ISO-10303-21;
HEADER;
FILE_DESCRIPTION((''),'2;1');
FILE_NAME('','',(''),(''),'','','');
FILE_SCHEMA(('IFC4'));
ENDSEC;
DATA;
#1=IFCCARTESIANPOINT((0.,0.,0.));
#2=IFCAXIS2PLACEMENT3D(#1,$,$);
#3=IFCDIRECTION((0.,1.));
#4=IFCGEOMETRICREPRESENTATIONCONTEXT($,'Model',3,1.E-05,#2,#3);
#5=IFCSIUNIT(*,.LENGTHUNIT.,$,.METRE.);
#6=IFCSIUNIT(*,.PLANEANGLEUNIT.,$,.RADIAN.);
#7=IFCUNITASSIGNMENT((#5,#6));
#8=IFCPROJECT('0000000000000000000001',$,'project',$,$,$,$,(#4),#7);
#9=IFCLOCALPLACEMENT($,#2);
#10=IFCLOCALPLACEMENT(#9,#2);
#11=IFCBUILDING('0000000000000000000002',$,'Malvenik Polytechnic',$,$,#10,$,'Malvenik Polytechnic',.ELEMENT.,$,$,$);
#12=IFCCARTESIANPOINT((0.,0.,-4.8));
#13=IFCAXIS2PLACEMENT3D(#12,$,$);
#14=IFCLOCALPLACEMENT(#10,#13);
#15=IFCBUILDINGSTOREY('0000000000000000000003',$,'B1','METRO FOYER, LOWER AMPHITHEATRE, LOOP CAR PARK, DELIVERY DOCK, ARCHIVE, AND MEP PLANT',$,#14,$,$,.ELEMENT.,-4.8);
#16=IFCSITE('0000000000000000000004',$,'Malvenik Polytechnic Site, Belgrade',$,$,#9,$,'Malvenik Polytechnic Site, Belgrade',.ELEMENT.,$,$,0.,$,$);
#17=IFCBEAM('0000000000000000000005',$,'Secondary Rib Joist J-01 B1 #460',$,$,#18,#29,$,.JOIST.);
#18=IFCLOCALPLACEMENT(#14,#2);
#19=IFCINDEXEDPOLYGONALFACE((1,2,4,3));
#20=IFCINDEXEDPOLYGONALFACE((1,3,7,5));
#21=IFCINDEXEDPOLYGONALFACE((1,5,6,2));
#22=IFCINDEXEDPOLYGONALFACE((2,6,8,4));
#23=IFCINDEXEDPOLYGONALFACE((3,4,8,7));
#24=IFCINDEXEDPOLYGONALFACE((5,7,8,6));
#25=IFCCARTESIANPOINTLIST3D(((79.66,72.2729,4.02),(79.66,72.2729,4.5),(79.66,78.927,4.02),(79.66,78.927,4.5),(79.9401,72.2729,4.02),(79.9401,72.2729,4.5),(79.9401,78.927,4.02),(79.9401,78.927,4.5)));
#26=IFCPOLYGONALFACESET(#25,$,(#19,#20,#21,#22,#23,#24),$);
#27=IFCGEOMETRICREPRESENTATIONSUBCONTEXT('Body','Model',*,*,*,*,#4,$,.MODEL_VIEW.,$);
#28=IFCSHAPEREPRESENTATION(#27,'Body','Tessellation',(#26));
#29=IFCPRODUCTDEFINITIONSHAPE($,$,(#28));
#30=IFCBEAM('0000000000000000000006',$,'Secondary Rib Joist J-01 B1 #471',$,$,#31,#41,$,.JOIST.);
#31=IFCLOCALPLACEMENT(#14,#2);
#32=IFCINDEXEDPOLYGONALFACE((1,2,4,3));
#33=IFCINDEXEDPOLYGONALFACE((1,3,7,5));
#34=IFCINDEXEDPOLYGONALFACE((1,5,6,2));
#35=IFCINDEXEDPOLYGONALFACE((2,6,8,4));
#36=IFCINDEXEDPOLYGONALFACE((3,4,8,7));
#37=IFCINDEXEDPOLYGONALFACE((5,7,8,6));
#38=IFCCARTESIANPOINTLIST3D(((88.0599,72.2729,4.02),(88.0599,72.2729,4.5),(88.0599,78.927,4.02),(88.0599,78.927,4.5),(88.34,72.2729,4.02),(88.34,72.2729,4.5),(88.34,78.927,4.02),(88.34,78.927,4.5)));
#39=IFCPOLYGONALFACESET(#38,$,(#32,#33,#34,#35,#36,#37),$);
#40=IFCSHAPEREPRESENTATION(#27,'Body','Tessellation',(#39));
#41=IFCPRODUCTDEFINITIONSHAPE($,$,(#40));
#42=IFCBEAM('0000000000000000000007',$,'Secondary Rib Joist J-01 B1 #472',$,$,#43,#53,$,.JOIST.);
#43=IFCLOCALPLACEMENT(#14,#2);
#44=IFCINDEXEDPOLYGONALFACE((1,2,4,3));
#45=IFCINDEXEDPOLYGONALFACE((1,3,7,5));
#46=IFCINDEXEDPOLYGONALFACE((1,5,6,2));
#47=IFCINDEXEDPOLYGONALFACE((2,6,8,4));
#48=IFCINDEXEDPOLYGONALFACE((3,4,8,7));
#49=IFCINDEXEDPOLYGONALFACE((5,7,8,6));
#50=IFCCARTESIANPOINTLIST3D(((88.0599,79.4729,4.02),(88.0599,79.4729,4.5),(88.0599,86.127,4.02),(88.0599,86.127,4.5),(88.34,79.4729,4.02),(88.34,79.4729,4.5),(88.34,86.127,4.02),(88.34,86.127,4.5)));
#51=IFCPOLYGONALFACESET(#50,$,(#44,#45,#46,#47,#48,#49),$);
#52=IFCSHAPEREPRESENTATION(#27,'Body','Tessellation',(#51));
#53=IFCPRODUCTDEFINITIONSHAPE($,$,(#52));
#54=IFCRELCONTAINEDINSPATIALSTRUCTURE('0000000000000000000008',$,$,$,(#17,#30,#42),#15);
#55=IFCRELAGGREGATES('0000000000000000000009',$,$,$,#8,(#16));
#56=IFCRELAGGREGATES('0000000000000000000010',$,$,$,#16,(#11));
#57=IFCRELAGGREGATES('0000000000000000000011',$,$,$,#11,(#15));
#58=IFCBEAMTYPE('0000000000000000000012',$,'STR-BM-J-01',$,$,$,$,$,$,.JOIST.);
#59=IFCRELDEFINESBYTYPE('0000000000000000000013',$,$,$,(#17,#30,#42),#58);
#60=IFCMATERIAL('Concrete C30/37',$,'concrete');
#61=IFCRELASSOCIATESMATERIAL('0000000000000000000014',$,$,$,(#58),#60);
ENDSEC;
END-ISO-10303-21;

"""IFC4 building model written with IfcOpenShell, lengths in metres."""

from ifc_helpers import new_model, si_unit, direction, frame, origin, origin_2d, place, context, subcontext, project, spatial, rectangle, extrude, material, material_profile, profile_set, type_object, element, save


model = new_model("IFC4")

# Units and contexts
model_context = context("Model", 3, precision=1e-05, world=origin(), true_north=direction((0.0, 1.0)))
body_context = subcontext(model_context, "Body", "Model", "MODEL_VIEW")
ifc_project = project(units=[si_unit("LENGTHUNIT", "METRE"), si_unit("PLANEANGLEUNIT", "RADIAN")], contexts=[model_context])

# Site, building, storey
site_placement = place(None, origin())
site = spatial("IfcSite", under=ifc_project, at=site_placement, Name="Malvenik Polytechnic Site, Belgrade", LongName="Malvenik Polytechnic Site, Belgrade", CompositionType="ELEMENT", RefElevation=0.0)
building_placement = place(site_placement, origin())
building = spatial("IfcBuilding", under=site, at=building_placement, Name="Malvenik Polytechnic", LongName="Malvenik Polytechnic", CompositionType="ELEMENT")
storey_placement = place(building_placement, frame((0.0, 0.0, -4.8)))
storey = spatial("IfcBuildingStorey", under=building, at=storey_placement, Name="B1", Description="METRO FOYER, LOWER AMPHITHEATRE, LOOP CAR PARK, DELIVERY DOCK, ARCHIVE, AND MEP PLANT", CompositionType="ELEMENT", Elevation=-4.8)

# Beams
ifc_material_1 = material(Name="Concrete C30/37", Category="concrete")
ifc_material_profile_1 = material_profile(ifc_material_1, rectangle(XDim=0.28, YDim=0.48, at=origin_2d()), Name="RC JST 280x480")
ifc_profile_set_1 = profile_set([ifc_material_profile_1], Name="Concrete C30/37")
beam_type_1 = type_object("IfcBeamType", Name="STR-BM-J-01", PredefinedType="JOIST", material=ifc_profile_set_1)
for number, where, z_axis, x_axis, name in (
    (1, (79.8, 72.2729, 4.26), (0.0, 1.0, 0.0), (-1.0, 0.0, 0.0), "Secondary Rib Joist J-01 B1 #460"),
    (2, (88.2, 72.2729, 4.26), (0.0, 1.0, 0.0), (-1.0, 0.0, 0.0), "Secondary Rib Joist J-01 B1 #471"),
    (3, (88.2, 79.4729, 4.26), (0.0, 1.0, 0.0), (-1.0, 0.0, 0.0), "Secondary Rib Joist J-01 B1 #472"),
):
    element("IfcBeam", number, at=place(storey_placement, frame(where, z_axis=z_axis, x_axis=x_axis)), inside=storey, type_object=beam_type_1, Name=name, PredefinedType="JOIST", context=body_context, shape_type="SweptSolid", body=[
        extrude(rectangle(XDim=0.28, YDim=0.48, at=origin_2d()), origin(), (0.0, 0.0, 1.0), 6.6541),
    ])

save(model, "model.ifc")
